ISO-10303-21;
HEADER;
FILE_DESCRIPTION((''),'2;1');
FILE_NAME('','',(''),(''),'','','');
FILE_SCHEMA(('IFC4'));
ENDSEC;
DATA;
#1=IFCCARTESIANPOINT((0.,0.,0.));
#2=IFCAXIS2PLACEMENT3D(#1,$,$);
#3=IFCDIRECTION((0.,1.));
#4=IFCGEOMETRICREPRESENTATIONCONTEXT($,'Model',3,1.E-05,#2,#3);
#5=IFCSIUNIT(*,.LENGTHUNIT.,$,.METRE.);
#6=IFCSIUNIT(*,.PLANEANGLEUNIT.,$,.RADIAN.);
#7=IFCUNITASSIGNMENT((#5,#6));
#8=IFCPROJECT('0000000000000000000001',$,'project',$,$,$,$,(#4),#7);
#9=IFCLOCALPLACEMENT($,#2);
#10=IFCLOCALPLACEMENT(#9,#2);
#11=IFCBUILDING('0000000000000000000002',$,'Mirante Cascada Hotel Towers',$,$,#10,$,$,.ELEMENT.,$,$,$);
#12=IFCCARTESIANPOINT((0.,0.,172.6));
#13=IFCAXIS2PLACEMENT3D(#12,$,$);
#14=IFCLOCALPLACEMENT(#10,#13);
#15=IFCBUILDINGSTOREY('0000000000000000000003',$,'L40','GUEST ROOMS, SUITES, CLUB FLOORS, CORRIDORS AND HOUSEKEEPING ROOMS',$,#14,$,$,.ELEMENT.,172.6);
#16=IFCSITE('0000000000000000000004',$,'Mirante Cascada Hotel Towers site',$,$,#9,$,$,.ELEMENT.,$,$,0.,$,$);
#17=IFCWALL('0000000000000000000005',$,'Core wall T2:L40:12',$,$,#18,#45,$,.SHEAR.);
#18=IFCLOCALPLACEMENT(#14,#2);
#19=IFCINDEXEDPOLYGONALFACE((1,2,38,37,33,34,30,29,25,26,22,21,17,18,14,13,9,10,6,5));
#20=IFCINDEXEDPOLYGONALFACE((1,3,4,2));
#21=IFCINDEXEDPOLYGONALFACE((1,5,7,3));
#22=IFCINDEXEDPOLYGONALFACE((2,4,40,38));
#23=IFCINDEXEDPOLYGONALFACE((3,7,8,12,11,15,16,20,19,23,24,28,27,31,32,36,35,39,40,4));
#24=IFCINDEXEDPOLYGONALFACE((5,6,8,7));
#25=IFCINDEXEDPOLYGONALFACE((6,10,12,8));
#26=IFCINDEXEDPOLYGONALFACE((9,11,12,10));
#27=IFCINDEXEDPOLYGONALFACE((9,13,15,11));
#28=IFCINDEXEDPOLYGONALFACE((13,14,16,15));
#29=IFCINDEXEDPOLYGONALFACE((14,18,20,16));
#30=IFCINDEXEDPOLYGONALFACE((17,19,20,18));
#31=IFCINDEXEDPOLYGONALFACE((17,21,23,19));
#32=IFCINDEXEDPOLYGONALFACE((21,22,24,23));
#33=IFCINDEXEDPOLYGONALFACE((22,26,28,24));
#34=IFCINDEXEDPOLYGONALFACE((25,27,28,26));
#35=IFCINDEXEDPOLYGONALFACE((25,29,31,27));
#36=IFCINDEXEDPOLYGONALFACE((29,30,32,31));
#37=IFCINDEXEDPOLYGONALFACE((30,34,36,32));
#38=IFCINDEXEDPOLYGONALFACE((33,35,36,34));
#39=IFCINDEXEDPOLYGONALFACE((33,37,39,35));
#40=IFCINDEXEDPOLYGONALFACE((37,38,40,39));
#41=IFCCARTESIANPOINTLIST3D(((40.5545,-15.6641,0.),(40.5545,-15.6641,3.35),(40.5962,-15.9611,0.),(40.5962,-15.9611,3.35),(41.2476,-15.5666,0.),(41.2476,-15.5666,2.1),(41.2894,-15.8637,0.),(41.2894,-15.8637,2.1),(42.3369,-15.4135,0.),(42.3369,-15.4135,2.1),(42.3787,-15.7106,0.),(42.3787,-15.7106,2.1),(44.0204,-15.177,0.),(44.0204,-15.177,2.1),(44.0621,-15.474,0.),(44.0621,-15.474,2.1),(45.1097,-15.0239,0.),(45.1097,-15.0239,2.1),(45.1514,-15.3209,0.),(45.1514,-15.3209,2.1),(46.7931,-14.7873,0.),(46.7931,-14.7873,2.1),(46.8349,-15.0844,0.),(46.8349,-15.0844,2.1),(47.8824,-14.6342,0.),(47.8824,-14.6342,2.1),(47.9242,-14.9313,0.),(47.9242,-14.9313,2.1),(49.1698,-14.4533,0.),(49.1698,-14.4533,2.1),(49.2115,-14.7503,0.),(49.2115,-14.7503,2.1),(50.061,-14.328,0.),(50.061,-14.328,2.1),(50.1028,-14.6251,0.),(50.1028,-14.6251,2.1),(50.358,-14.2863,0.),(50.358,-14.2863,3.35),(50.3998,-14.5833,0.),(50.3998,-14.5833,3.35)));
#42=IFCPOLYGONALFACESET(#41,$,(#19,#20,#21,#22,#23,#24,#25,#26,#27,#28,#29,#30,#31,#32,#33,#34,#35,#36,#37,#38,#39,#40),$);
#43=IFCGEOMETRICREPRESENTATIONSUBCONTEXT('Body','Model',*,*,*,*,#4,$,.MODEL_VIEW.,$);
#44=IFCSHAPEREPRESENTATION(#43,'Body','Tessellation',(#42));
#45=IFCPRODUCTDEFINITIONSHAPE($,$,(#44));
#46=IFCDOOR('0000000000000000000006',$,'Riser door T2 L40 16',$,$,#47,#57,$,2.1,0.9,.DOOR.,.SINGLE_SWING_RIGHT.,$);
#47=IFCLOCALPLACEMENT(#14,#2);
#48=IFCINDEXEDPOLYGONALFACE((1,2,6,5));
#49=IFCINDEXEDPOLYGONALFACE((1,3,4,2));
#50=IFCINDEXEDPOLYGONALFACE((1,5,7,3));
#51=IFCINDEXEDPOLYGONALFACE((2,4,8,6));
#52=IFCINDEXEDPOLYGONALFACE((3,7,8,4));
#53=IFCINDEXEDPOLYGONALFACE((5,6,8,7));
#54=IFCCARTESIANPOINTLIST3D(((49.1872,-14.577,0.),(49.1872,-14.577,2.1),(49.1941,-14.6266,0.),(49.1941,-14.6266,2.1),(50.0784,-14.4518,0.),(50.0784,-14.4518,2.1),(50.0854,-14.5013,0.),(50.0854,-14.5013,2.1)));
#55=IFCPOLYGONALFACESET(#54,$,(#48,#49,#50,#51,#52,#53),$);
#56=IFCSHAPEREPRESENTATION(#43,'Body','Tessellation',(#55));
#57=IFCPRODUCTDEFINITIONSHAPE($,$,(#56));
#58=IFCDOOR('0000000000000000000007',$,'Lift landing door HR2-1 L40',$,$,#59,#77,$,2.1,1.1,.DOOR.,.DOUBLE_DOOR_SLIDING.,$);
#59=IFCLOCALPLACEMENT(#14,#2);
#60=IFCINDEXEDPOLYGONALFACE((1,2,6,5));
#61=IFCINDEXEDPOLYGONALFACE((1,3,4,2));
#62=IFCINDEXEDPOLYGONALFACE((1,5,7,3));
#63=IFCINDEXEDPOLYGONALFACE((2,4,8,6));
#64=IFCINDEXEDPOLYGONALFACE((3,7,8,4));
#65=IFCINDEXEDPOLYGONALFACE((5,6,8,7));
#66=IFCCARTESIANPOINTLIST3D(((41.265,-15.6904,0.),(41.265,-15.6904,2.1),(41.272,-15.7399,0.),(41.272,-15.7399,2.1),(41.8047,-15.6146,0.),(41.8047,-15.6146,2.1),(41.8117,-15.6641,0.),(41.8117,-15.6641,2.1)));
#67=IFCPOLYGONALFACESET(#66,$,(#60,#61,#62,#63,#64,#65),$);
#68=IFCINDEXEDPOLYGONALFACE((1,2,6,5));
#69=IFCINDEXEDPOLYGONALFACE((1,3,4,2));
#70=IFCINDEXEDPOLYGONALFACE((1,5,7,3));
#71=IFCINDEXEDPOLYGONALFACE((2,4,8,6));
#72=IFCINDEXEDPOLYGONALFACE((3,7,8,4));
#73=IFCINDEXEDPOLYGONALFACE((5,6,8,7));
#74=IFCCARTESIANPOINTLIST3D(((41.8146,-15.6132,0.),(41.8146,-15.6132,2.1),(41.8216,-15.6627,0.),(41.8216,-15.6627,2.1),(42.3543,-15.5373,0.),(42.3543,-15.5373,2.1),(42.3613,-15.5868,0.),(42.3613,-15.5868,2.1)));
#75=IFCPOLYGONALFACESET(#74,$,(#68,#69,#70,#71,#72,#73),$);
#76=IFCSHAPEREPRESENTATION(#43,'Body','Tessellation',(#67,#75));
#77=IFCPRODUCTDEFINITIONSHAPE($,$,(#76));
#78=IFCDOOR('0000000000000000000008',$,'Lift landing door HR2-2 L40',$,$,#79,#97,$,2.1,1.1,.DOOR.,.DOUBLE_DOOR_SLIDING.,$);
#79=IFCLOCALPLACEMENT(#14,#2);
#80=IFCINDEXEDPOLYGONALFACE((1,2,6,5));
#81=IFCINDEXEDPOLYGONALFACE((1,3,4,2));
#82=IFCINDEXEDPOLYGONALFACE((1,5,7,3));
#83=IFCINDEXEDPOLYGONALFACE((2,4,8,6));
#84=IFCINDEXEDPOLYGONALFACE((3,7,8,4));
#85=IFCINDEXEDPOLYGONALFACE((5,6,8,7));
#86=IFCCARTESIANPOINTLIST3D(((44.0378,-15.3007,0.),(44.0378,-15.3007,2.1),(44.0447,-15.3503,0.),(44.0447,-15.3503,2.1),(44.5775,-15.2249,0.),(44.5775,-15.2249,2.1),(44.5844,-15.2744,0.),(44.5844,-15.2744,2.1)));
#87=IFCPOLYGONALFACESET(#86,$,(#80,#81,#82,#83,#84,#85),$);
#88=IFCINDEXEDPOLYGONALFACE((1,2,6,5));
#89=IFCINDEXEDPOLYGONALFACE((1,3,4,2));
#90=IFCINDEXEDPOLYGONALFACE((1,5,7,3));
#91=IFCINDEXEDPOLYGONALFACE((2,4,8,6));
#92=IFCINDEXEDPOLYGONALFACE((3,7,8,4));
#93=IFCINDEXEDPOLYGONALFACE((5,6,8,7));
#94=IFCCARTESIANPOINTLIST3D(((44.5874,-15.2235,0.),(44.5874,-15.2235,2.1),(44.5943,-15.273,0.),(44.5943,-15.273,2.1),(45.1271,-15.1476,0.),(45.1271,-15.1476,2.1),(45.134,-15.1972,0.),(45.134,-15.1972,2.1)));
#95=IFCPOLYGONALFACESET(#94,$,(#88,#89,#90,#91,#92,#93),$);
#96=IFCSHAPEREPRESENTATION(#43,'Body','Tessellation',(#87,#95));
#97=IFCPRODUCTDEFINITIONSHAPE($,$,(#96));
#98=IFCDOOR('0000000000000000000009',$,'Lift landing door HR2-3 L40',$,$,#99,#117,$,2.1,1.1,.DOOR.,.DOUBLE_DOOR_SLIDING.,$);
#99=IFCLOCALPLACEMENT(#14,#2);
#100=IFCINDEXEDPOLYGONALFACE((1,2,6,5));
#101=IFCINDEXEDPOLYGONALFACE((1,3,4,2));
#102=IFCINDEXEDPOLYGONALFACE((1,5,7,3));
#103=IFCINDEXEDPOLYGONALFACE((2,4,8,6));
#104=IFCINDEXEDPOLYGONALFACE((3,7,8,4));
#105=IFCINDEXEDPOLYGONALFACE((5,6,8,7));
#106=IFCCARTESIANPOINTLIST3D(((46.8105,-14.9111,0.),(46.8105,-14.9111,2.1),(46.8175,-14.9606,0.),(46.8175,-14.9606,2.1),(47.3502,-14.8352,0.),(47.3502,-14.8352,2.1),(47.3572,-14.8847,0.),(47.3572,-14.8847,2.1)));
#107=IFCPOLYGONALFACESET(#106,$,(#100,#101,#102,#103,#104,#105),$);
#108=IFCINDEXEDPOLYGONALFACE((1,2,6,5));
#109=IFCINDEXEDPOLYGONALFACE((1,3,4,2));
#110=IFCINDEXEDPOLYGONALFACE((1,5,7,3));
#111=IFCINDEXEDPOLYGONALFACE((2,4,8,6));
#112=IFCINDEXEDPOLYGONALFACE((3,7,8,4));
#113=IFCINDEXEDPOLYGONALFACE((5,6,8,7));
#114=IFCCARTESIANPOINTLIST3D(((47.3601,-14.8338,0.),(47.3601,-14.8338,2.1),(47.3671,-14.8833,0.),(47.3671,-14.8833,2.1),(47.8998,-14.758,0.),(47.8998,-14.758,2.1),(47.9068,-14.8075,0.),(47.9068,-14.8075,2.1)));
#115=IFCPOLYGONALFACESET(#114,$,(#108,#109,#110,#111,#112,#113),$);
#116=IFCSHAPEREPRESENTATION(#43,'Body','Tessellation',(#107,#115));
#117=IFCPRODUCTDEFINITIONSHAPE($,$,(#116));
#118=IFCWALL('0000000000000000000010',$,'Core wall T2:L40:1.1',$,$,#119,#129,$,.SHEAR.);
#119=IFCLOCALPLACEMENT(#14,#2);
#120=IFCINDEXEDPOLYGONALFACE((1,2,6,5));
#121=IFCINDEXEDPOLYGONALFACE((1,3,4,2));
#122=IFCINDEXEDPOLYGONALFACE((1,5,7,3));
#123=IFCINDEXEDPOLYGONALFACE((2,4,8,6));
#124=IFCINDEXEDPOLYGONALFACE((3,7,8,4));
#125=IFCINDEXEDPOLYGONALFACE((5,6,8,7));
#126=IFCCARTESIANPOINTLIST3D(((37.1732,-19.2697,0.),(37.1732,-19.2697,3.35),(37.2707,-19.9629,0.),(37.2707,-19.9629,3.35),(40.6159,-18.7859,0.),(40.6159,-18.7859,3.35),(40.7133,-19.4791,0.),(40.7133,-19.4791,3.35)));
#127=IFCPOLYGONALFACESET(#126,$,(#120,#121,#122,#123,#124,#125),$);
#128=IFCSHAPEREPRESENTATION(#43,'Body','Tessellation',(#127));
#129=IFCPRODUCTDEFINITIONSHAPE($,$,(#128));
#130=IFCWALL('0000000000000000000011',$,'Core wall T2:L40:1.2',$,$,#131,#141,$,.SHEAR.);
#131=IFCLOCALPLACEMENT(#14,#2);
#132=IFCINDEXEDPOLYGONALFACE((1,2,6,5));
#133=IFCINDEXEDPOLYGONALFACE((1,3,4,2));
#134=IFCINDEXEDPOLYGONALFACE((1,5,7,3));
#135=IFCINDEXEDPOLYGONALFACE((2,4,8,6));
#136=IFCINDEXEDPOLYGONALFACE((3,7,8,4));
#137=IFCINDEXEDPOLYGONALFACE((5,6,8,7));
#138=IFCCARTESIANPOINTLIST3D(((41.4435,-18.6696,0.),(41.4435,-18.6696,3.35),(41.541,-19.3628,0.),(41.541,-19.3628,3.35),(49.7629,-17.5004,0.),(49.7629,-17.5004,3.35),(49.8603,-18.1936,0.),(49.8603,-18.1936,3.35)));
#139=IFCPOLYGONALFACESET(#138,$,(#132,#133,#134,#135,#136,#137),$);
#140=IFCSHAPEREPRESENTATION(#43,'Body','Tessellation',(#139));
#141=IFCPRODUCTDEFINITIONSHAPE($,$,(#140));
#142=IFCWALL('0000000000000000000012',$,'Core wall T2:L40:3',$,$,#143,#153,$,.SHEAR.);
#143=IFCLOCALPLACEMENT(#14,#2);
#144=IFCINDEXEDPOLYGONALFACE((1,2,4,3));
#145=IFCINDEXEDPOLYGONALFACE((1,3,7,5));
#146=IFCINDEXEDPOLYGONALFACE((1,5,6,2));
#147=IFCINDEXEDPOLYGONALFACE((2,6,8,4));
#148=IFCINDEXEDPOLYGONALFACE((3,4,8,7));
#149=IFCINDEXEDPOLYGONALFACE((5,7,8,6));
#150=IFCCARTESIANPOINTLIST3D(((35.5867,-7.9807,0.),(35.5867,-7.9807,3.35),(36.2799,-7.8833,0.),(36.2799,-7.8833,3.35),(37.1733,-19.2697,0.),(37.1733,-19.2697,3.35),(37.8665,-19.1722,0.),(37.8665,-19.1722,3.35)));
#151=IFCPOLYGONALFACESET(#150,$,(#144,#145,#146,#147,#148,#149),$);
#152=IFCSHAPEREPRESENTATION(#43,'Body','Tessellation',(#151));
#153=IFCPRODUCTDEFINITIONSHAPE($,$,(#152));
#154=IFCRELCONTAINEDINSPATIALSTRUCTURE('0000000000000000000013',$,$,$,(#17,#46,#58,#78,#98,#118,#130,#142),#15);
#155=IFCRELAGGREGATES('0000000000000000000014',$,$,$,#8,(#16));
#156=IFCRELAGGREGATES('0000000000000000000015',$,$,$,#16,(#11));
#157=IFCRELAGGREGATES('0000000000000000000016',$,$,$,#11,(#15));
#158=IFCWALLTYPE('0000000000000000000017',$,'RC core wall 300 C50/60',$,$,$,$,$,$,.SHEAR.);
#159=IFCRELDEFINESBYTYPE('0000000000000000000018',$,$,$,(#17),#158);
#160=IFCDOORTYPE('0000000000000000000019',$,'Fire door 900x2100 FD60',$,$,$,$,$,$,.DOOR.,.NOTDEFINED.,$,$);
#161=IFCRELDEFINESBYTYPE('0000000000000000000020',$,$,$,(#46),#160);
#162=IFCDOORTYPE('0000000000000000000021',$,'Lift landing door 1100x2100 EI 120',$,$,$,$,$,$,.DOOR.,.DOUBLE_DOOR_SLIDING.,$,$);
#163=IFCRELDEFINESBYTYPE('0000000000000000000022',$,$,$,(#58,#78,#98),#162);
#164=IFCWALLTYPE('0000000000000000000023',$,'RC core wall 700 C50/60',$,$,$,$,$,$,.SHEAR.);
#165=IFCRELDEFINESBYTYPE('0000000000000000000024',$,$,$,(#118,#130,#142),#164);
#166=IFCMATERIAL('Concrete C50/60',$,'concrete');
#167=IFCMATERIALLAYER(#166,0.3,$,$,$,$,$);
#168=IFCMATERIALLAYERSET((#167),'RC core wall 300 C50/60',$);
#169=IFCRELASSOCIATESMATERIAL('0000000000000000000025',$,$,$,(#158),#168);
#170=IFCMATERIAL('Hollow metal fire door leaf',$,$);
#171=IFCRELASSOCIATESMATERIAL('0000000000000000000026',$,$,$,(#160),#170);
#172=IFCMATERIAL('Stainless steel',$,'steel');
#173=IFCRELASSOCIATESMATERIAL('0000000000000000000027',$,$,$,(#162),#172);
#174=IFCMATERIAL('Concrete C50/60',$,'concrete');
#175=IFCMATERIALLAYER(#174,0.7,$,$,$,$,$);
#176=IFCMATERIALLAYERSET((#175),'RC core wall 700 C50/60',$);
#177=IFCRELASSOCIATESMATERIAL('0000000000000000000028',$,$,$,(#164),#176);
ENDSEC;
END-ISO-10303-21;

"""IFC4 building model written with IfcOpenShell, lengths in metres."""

from ifc_helpers import new_model, si_unit, direction, frame, frame_2d, origin, place, context, subcontext, project, spatial, rectangle, extrude, material, layer, layer_set, type_object, element, fill, save


model = new_model("IFC4")

# Units and contexts
model_context = context("Model", 3, precision=1e-05, world=origin(), true_north=direction((0.0, 1.0)))
body_context = subcontext(model_context, "Body", "Model", "MODEL_VIEW")
ifc_project = project(units=[si_unit("LENGTHUNIT", "METRE"), si_unit("PLANEANGLEUNIT", "RADIAN")], contexts=[model_context])

# Site, building, storey
site_placement = place(None, origin())
site = spatial("IfcSite", under=ifc_project, at=site_placement, Name="Mirante Cascada Hotel Towers site", CompositionType="ELEMENT", RefElevation=0.0)
building_placement = place(site_placement, origin())
building = spatial("IfcBuilding", under=site, at=building_placement, Name="Mirante Cascada Hotel Towers", CompositionType="ELEMENT")
storey_placement = place(building_placement, frame((0.0, 0.0, 172.6)))
storey = spatial("IfcBuildingStorey", under=building, at=storey_placement, Name="L40", Description="GUEST ROOMS, SUITES, CLUB FLOORS, CORRIDORS AND HOUSEKEEPING ROOMS", CompositionType="ELEMENT", Elevation=172.6)

# Shared definitions
ifc_material_1 = material(Name="Concrete C50/60", Category="concrete")
ifc_layer_1 = layer(ifc_material_1, 0.3)
ifc_layer_set_1 = layer_set([ifc_layer_1], Name="RC core wall 300 C50/60")
wall_type_1 = type_object("IfcWallType", Name="RC core wall 300 C50/60", PredefinedType="SHEAR", material=ifc_layer_set_1)

# Wall, openings, doors
wall_1_placement = place(storey_placement, frame((40.5753, -15.8126, 0.0), z_axis=(0.0, 0.0, 1.0), x_axis=(0.990268, 0.139173, 0.0)))
wall_1 = element("IfcWall", 1, at=wall_1_placement, inside=storey, type_object=wall_type_1, Name="Core wall T2:L40:12", PredefinedType="SHEAR", context=body_context, shape_type="SweptSolid", body=[
    extrude(rectangle(XDim=9.8999, YDim=0.3, at=frame_2d((4.95, 0.0))), origin(), (0.0, 0.0, 1.0), 3.35),
])
opening_1_placement = place(wall_1_placement, frame((0.7, 0.0, 0.0)))
opening_1 = element("IfcOpeningElement", 2, at=opening_1_placement, cuts=wall_1, PredefinedType="OPENING", context=body_context, shape_type="SweptSolid", body=[
    extrude(rectangle(XDim=1.1, YDim=2.1, at=frame_2d((0.55, 1.05))), frame((0.0, 0.15, 0.0), z_axis=(0.0, -1.0, 0.0), x_axis=(1.0, 0.0, 0.0)), (0.0, 0.0, 1.0), 0.3),
])
opening_2_placement = place(wall_1_placement, frame((3.5, 0.0, 0.0)))
opening_2 = element("IfcOpeningElement", 3, at=opening_2_placement, cuts=wall_1, PredefinedType="OPENING", context=body_context, shape_type="SweptSolid", body=[
    extrude(rectangle(XDim=1.1, YDim=2.1, at=frame_2d((0.55, 1.05))), frame((0.0, 0.15, 0.0), z_axis=(0.0, -1.0, 0.0), x_axis=(1.0, 0.0, 0.0)), (0.0, 0.0, 1.0), 0.3),
])
opening_3_placement = place(wall_1_placement, frame((6.3, 0.0, 0.0)))
opening_3 = element("IfcOpeningElement", 4, at=opening_3_placement, cuts=wall_1, PredefinedType="OPENING", context=body_context, shape_type="SweptSolid", body=[
    extrude(rectangle(XDim=1.1, YDim=2.1, at=frame_2d((0.55, 1.05))), frame((0.0, 0.15, 0.0), z_axis=(0.0, -1.0, 0.0), x_axis=(1.0, 0.0, 0.0)), (0.0, 0.0, 1.0), 0.3),
])
opening_4_placement = place(wall_1_placement, frame((8.7, 0.0, 0.0)))
opening_4 = element("IfcOpeningElement", 5, at=opening_4_placement, cuts=wall_1, PredefinedType="OPENING", context=body_context, shape_type="SweptSolid", body=[
    extrude(rectangle(XDim=0.9, YDim=2.1, at=frame_2d((0.45, 1.05))), frame((0.0, 0.15, 0.0), z_axis=(0.0, -1.0, 0.0), x_axis=(1.0, 0.0, 0.0)), (0.0, 0.0, 1.0), 0.3),
])
ifc_material_2 = material(Name="Hollow metal fire door leaf")
door_type_1 = type_object("IfcDoorType", Name="Fire door 900x2100 FD60", OperationType="NOTDEFINED", PredefinedType="DOOR", material=ifc_material_2)
door_1_placement = place(opening_4_placement, frame((0.9, 0.0, 0.0), z_axis=(0.0, 0.0, 1.0), x_axis=(-1.0, 0.0, 0.0)))
door_1 = element("IfcDoor", 6, at=door_1_placement, inside=storey, type_object=door_type_1, Name="Riser door T2 L40 16", OperationType="SINGLE_SWING_RIGHT", OverallHeight=2.1, OverallWidth=0.9, PredefinedType="DOOR", context=body_context, shape_type="SweptSolid", body=[
    extrude(rectangle(XDim=0.9, YDim=2.1, at=frame_2d((0.45, 1.05))), frame((0.0, 0.025, 0.0), z_axis=(0.0, -1.0, 0.0), x_axis=(1.0, 0.0, 0.0)), (0.0, 0.0, 1.0), 0.05),
])
fill(opening_4, door_1)
ifc_material_3 = material(Name="Stainless steel", Category="steel")
door_type_2 = type_object("IfcDoorType", Name="Lift landing door 1100x2100 EI 120", OperationType="DOUBLE_DOOR_SLIDING", PredefinedType="DOOR", material=ifc_material_3)
door_2_placement = place(opening_1_placement, origin())
door_2 = element("IfcDoor", 7, at=door_2_placement, inside=storey, type_object=door_type_2, Name="Lift landing door HR2-1 L40", OperationType="DOUBLE_DOOR_SLIDING", OverallHeight=2.1, OverallWidth=1.1, PredefinedType="DOOR", context=body_context, shape_type="SweptSolid", body=[
    extrude(rectangle(XDim=0.545, YDim=2.1, at=frame_2d((0.2725, 1.05))), frame((0.0, 0.025, 0.0), z_axis=(0.0, -1.0, 0.0), x_axis=(1.0, 0.0, 0.0)), (0.0, 0.0, 1.0), 0.05),
    extrude(rectangle(XDim=0.545, YDim=2.1, at=frame_2d((0.8275, 1.05))), frame((0.0, 0.025, 0.0), z_axis=(0.0, -1.0, 0.0), x_axis=(1.0, 0.0, 0.0)), (0.0, 0.0, 1.0), 0.05),
])
fill(opening_1, door_2)
door_3_placement = place(opening_2_placement, origin())
door_3 = element("IfcDoor", 8, at=door_3_placement, inside=storey, type_object=door_type_2, Name="Lift landing door HR2-2 L40", OperationType="DOUBLE_DOOR_SLIDING", OverallHeight=2.1, OverallWidth=1.1, PredefinedType="DOOR", context=body_context, shape_type="SweptSolid", body=[
    extrude(rectangle(XDim=0.545, YDim=2.1, at=frame_2d((0.2725, 1.05))), frame((0.0, 0.025, 0.0), z_axis=(0.0, -1.0, 0.0), x_axis=(1.0, 0.0, 0.0)), (0.0, 0.0, 1.0), 0.05),
    extrude(rectangle(XDim=0.545, YDim=2.1, at=frame_2d((0.8275, 1.05))), frame((0.0, 0.025, 0.0), z_axis=(0.0, -1.0, 0.0), x_axis=(1.0, 0.0, 0.0)), (0.0, 0.0, 1.0), 0.05),
])
fill(opening_2, door_3)
door_4_placement = place(opening_3_placement, origin())
door_4 = element("IfcDoor", 9, at=door_4_placement, inside=storey, type_object=door_type_2, Name="Lift landing door HR2-3 L40", OperationType="DOUBLE_DOOR_SLIDING", OverallHeight=2.1, OverallWidth=1.1, PredefinedType="DOOR", context=body_context, shape_type="SweptSolid", body=[
    extrude(rectangle(XDim=0.545, YDim=2.1, at=frame_2d((0.2725, 1.05))), frame((0.0, 0.025, 0.0), z_axis=(0.0, -1.0, 0.0), x_axis=(1.0, 0.0, 0.0)), (0.0, 0.0, 1.0), 0.05),
    extrude(rectangle(XDim=0.545, YDim=2.1, at=frame_2d((0.8275, 1.05))), frame((0.0, 0.025, 0.0), z_axis=(0.0, -1.0, 0.0), x_axis=(1.0, 0.0, 0.0)), (0.0, 0.0, 1.0), 0.05),
])
fill(opening_3, door_4)

# Walls
ifc_material_4 = material(Name="Concrete C50/60", Category="concrete")
ifc_layer_2 = layer(ifc_material_4, 0.7)
ifc_layer_set_2 = layer_set([ifc_layer_2], Name="RC core wall 700 C50/60")
wall_type_2 = type_object("IfcWallType", Name="RC core wall 700 C50/60", PredefinedType="SHEAR", material=ifc_layer_set_2)
wall_2_placement = place(storey_placement, frame((37.222, -19.6163, 0.0), z_axis=(0.0, 0.0, 1.0), x_axis=(0.99027, 0.139162, 0.0)))
element("IfcWall", 10, at=wall_2_placement, inside=storey, type_object=wall_type_2, Name="Core wall T2:L40:1.1", PredefinedType="SHEAR", context=body_context, shape_type="SweptSolid", body=[
    extrude(rectangle(XDim=3.4765, YDim=0.7, at=frame_2d((1.7382, 0.0))), origin(), (0.0, 0.0, 1.0), 3.35),
])
wall_3_placement = place(storey_placement, frame((41.4922, -19.0162, 0.0), z_axis=(0.0, 0.0, 1.0), x_axis=(0.990268, 0.139173, 0.0)))
element("IfcWall", 11, at=wall_3_placement, inside=storey, type_object=wall_type_2, Name="Core wall T2:L40:1.2", PredefinedType="SHEAR", context=body_context, shape_type="SweptSolid", body=[
    extrude(rectangle(XDim=8.4011, YDim=0.7, at=frame_2d((4.2006, 0.0))), origin(), (0.0, 0.0, 1.0), 3.35),
])
wall_4_placement = place(storey_placement, frame((37.5199, -19.221, 0.0), z_axis=(0.0, 0.0, 1.0), x_axis=(-0.139176, 0.990268, 0.0)))
element("IfcWall", 12, at=wall_4_placement, inside=storey, type_object=wall_type_2, Name="Core wall T2:L40:3", PredefinedType="SHEAR", context=body_context, shape_type="SweptSolid", body=[
    extrude(rectangle(XDim=11.3999, YDim=0.7, at=frame_2d((5.7, 0.0))), origin(), (0.0, 0.0, 1.0), 3.35),
])

save(model, "model.ifc")
